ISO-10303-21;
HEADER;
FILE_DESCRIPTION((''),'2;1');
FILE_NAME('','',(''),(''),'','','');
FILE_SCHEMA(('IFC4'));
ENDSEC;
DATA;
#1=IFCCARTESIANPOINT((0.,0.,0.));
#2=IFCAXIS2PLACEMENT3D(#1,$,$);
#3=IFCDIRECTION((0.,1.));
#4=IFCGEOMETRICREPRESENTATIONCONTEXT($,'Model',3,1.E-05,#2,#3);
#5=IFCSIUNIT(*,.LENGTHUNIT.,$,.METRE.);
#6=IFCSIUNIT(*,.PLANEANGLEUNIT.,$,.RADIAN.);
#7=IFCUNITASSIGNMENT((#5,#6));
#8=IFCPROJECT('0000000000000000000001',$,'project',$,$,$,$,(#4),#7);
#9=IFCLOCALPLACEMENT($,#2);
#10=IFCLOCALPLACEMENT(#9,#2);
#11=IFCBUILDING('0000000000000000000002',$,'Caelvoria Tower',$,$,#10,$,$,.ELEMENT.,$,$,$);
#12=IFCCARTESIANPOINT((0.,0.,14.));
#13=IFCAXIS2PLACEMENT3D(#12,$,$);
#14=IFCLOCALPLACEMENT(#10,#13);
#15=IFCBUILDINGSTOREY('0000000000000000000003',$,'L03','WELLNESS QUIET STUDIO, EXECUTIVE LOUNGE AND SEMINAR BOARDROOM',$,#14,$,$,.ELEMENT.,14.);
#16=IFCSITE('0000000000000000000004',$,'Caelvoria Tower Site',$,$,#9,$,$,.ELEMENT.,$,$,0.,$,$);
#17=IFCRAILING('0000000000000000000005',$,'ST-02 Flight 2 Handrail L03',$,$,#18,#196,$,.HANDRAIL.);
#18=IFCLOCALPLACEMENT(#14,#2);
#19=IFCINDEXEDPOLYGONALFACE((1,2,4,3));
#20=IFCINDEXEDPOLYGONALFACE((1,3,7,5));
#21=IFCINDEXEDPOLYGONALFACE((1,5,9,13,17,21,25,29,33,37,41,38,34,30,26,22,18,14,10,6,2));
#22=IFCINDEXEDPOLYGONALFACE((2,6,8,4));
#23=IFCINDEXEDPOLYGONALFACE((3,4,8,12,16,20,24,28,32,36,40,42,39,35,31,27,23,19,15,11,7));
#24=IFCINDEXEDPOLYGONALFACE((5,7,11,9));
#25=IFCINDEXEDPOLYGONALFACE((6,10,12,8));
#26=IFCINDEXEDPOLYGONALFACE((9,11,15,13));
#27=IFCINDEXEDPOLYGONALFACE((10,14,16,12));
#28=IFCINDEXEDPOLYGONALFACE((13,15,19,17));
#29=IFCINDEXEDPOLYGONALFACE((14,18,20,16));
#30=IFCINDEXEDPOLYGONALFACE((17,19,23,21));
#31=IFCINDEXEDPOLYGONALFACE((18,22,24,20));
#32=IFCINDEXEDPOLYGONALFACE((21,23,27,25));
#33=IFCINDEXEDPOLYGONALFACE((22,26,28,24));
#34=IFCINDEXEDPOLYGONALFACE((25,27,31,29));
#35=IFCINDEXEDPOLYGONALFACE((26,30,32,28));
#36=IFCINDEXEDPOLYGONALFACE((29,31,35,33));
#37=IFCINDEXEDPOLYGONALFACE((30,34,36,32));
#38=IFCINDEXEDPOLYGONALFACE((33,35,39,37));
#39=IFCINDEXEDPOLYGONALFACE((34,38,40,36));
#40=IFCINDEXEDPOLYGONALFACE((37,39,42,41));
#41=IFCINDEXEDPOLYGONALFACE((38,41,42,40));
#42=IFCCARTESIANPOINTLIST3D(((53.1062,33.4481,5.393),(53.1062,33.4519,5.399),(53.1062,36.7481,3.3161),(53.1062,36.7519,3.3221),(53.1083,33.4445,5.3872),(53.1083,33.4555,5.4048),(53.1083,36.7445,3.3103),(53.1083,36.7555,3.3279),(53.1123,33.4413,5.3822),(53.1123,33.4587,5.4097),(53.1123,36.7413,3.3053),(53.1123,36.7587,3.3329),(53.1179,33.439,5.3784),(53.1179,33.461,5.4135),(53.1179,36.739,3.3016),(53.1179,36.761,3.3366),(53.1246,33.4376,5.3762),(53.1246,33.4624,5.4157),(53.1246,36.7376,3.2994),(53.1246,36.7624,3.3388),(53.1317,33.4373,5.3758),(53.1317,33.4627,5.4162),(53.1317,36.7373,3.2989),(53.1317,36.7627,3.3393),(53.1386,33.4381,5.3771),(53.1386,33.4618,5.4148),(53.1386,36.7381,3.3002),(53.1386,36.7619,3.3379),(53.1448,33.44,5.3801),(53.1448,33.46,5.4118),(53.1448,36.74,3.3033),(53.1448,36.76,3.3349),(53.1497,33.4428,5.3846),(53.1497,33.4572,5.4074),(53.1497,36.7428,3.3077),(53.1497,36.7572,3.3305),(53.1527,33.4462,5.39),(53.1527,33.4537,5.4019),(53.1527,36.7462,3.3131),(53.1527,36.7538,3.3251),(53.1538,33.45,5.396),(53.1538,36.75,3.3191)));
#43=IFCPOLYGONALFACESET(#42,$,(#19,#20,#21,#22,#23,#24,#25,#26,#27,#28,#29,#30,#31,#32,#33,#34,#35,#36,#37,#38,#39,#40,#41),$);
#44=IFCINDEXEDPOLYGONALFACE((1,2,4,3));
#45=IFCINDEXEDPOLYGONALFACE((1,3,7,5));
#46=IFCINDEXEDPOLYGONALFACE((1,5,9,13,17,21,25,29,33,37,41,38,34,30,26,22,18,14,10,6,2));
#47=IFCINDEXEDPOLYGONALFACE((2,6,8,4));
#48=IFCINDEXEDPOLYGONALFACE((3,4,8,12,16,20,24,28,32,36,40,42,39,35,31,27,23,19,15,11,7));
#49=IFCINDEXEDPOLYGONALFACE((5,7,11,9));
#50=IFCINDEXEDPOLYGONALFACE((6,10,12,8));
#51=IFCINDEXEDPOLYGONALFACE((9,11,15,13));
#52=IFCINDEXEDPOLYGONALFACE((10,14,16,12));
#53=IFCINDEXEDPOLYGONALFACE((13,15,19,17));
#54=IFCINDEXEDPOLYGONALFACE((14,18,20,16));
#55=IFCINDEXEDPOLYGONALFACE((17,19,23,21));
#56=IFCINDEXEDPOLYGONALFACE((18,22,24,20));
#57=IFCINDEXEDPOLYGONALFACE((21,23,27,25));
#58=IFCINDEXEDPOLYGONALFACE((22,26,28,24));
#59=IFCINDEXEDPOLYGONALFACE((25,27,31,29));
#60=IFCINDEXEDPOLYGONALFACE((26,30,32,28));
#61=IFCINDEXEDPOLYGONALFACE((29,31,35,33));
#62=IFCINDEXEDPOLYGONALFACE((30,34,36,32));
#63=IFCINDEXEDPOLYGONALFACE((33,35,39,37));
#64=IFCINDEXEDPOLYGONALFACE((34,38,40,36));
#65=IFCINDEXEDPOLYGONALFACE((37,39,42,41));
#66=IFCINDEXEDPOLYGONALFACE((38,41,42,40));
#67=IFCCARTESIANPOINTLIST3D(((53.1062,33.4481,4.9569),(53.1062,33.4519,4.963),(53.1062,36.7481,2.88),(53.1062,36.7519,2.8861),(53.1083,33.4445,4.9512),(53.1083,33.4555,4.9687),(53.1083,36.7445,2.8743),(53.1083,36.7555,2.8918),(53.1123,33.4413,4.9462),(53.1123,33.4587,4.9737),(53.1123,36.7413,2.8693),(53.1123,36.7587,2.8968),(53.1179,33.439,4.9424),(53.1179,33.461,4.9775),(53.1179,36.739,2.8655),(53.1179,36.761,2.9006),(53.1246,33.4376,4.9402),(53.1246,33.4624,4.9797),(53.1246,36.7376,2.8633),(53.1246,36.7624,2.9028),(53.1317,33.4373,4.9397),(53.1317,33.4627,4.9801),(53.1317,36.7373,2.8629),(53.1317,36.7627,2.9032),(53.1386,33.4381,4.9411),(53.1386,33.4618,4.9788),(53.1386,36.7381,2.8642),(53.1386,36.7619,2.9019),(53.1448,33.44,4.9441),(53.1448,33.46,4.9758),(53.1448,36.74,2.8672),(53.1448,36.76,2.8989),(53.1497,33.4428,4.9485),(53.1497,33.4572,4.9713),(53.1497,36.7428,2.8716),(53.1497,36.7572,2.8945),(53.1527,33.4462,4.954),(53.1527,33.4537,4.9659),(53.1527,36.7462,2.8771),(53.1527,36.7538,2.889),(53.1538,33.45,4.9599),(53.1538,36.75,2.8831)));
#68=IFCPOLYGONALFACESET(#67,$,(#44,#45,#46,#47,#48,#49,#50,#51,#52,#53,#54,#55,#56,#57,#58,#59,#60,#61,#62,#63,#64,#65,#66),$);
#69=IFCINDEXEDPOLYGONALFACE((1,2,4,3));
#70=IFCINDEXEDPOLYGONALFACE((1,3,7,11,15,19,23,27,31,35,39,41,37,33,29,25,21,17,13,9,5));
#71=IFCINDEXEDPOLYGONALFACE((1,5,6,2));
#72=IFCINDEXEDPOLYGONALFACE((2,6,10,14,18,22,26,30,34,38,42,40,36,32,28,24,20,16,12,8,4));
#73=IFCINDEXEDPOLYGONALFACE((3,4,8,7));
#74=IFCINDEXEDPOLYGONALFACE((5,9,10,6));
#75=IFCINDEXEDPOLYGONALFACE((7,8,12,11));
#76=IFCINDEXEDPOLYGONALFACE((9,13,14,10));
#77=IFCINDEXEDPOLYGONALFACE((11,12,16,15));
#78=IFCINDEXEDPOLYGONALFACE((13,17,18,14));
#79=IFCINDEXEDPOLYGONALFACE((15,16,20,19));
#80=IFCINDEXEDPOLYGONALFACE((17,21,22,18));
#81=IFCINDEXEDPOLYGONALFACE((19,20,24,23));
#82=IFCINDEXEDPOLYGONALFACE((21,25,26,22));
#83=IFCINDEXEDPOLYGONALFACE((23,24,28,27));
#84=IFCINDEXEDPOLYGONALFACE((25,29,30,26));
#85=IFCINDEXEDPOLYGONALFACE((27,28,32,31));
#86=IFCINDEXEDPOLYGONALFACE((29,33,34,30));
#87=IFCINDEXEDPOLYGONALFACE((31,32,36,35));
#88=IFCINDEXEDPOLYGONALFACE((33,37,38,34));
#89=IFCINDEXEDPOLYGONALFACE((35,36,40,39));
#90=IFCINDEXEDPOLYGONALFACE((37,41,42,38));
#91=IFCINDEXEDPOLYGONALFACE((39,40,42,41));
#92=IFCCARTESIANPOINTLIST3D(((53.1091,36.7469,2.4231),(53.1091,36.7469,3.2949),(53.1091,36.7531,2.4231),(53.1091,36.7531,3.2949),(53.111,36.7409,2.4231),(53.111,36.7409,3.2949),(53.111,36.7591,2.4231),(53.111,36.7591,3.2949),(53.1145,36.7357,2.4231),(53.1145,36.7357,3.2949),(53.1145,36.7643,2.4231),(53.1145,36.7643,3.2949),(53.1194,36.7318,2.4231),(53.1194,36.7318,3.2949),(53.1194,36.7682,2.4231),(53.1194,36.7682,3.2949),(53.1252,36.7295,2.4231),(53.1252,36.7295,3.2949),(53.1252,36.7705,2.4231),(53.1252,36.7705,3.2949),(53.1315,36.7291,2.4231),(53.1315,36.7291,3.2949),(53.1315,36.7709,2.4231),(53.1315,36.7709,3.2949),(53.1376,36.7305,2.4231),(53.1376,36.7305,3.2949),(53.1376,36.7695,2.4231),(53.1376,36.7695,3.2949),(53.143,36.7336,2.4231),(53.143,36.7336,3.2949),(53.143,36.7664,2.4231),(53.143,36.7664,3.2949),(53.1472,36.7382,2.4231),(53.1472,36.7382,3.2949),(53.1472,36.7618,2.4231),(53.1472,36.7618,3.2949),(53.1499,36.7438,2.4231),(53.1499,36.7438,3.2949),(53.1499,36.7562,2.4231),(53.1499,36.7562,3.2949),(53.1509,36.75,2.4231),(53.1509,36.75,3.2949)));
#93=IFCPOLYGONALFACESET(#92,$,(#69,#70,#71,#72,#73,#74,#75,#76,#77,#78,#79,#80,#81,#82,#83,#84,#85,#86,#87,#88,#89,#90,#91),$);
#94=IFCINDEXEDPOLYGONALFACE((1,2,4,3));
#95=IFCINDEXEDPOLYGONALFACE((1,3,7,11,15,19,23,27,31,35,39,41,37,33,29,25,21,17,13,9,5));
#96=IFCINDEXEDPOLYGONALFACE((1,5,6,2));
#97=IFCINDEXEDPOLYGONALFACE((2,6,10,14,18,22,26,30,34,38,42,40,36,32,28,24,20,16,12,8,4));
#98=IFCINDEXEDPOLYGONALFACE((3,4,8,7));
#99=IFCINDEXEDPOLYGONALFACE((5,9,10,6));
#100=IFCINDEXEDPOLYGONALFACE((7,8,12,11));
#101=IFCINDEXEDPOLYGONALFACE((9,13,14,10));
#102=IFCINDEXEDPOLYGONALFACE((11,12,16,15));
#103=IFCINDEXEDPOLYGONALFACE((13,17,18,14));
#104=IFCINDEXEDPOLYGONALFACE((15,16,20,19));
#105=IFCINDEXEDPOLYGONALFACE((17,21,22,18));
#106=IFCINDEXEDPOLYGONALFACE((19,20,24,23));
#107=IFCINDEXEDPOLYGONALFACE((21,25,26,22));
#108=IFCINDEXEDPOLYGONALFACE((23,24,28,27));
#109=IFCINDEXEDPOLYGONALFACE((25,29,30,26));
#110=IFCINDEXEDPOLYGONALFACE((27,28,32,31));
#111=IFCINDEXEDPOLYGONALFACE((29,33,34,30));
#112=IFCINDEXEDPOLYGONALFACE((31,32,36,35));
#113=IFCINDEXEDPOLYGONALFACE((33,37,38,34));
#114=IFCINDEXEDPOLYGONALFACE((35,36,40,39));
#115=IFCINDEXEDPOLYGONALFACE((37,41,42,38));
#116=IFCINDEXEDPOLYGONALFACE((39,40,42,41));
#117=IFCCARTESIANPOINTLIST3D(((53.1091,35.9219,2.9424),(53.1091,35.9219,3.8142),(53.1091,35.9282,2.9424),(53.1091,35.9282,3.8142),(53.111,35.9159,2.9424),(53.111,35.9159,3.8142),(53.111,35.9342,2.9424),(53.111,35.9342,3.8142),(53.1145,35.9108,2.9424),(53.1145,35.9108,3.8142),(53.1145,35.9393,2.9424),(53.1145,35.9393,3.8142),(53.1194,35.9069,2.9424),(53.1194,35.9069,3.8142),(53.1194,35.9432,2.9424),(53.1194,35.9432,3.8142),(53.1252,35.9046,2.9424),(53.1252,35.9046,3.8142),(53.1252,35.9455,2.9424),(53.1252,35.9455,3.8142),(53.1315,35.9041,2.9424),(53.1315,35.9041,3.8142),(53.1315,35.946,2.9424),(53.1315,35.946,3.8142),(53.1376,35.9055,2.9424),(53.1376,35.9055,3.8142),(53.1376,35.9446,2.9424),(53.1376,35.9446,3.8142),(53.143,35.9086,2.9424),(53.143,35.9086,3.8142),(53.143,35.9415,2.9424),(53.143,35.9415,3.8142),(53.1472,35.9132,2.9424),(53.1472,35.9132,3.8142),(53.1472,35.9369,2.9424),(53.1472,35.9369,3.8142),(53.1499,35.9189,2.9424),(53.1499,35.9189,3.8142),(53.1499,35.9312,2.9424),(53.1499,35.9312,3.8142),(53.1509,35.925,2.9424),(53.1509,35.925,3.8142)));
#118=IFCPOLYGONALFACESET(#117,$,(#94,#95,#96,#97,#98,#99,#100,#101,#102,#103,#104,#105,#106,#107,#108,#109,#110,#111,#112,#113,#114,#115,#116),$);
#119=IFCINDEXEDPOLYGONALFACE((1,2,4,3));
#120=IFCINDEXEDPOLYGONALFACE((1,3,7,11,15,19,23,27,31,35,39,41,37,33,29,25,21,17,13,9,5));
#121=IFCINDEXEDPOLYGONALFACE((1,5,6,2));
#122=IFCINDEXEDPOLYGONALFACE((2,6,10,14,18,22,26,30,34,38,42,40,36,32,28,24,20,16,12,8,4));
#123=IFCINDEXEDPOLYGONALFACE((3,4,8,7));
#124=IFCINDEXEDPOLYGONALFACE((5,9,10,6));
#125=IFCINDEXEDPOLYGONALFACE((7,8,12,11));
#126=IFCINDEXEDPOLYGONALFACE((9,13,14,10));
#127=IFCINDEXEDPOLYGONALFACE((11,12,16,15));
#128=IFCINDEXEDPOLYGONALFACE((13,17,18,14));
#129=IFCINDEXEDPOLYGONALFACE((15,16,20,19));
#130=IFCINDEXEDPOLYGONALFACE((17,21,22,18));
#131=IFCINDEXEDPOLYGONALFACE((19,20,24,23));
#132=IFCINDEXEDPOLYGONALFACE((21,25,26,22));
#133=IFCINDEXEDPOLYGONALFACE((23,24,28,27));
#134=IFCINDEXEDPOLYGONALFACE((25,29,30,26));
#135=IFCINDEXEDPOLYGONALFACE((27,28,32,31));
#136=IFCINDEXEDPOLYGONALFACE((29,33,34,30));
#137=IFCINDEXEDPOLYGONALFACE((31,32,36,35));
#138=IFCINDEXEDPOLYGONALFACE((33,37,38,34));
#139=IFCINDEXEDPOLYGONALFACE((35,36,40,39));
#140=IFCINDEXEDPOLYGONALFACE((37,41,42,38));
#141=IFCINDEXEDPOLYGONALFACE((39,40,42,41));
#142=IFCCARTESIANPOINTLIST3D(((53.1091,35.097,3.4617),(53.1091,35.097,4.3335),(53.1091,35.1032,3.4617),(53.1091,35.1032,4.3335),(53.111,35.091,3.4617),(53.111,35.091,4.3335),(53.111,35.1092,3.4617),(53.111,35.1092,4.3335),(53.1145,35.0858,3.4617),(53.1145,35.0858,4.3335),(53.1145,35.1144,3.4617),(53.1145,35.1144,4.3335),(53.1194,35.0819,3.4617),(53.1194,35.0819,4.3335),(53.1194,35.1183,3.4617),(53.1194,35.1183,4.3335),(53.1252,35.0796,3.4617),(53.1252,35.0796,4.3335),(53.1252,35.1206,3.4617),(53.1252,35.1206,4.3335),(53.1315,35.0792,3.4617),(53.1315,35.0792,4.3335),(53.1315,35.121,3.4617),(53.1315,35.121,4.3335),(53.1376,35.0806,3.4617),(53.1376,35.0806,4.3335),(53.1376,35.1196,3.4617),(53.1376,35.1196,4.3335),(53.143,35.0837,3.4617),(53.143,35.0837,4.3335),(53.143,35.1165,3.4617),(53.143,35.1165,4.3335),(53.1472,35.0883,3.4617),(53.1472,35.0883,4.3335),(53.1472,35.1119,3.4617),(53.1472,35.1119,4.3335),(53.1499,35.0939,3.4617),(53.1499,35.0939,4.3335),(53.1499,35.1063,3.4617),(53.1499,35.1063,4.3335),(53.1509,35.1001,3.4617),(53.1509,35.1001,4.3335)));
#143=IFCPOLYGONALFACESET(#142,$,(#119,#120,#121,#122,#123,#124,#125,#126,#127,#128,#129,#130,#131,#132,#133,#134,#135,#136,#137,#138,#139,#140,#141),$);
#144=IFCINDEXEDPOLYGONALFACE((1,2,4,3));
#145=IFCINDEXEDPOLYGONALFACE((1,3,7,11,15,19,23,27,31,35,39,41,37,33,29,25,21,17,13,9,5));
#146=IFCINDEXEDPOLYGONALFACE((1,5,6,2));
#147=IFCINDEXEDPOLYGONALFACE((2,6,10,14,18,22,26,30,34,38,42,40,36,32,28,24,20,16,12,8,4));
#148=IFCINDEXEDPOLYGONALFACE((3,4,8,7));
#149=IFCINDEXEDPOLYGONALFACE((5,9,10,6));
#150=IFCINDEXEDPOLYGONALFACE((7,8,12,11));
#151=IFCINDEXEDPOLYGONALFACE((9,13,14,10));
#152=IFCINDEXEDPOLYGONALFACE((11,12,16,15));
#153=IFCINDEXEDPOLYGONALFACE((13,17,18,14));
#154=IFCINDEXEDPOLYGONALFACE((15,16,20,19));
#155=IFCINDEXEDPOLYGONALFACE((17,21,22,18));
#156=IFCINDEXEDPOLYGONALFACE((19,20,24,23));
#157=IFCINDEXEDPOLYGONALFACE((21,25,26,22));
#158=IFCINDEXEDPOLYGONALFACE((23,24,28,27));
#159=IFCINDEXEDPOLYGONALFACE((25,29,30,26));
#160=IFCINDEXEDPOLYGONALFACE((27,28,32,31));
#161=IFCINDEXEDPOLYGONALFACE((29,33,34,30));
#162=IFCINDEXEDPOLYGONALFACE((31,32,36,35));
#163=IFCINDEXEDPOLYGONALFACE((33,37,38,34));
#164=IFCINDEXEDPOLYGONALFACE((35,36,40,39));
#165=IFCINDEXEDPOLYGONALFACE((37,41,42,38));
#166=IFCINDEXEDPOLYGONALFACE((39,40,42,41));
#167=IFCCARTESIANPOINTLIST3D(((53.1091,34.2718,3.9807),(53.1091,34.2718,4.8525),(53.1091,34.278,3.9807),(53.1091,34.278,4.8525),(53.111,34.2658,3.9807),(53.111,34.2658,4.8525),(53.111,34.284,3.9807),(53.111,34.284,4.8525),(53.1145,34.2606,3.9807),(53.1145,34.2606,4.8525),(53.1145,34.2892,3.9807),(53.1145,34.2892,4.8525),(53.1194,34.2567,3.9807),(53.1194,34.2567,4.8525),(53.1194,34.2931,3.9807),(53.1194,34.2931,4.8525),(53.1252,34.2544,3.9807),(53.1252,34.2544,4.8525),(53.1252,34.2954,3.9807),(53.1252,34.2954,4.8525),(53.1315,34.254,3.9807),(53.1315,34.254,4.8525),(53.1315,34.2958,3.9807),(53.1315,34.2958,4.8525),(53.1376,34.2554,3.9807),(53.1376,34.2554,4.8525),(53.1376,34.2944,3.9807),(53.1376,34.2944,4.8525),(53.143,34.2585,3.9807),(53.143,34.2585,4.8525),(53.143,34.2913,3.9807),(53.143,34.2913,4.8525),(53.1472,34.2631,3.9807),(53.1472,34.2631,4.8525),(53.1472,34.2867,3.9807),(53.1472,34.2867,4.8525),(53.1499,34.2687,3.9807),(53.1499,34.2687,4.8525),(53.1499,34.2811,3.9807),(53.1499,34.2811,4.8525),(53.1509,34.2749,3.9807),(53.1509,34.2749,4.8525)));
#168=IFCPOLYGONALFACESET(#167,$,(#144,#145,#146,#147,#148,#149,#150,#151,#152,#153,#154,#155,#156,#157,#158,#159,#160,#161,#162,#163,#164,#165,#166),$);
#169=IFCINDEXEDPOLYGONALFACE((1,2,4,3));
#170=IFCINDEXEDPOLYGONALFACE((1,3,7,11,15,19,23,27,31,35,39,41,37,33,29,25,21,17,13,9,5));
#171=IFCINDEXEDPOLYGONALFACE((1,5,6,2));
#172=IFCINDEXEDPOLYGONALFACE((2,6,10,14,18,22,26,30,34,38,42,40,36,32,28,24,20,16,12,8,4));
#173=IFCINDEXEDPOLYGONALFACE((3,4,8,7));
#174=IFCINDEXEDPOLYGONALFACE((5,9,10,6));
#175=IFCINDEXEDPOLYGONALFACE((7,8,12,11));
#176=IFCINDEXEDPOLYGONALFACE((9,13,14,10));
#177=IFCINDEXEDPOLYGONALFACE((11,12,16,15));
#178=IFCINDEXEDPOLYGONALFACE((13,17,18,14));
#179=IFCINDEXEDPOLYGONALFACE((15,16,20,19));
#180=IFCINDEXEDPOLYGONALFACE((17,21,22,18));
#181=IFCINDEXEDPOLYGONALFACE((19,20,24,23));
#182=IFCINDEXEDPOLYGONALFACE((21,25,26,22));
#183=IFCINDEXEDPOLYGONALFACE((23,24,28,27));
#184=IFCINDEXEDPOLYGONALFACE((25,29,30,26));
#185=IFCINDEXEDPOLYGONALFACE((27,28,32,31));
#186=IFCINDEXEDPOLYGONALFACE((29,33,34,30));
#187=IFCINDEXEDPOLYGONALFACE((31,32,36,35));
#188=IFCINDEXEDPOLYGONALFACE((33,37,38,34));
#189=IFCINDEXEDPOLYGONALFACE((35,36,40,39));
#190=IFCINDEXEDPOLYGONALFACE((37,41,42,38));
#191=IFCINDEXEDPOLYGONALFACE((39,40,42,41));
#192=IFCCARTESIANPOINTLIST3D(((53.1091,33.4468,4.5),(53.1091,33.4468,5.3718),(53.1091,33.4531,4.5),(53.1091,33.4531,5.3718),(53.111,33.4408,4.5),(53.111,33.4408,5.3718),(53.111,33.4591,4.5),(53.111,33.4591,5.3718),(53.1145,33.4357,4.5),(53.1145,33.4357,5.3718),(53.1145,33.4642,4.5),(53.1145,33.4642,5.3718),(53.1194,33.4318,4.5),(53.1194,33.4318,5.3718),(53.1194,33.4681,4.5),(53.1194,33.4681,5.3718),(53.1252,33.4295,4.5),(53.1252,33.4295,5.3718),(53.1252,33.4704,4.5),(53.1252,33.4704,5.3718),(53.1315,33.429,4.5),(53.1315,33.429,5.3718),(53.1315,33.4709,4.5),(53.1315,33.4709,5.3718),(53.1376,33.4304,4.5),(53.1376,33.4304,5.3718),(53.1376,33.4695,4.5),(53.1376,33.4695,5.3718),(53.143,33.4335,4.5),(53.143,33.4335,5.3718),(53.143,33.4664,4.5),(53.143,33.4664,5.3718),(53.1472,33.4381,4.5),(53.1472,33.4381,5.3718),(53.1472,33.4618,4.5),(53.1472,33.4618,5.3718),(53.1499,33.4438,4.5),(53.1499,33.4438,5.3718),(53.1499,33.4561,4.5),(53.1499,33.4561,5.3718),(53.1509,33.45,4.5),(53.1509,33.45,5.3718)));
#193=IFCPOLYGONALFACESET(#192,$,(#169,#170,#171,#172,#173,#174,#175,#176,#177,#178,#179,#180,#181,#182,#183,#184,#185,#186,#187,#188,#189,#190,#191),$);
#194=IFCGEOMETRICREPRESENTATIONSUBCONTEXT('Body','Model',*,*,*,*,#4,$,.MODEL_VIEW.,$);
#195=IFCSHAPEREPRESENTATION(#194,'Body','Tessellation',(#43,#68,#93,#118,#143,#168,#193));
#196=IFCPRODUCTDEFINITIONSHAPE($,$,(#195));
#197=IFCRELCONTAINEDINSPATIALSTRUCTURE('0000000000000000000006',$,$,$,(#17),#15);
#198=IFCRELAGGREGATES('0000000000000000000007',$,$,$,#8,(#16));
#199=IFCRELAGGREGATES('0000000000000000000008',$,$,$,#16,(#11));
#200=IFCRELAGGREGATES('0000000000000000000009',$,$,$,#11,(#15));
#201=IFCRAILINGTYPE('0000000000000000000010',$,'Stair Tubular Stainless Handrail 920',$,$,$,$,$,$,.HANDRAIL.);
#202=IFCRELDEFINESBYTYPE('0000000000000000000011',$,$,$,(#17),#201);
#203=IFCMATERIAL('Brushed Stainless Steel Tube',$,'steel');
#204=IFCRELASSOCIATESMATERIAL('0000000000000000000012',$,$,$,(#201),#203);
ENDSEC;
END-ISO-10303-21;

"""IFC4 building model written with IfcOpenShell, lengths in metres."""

from ifc_helpers import new_model, si_unit, direction, frame, origin, origin_2d, place, context, subcontext, project, spatial, circle, extrude, material, type_object, element, save


model = new_model("IFC4")

# Units and contexts
model_context = context("Model", 3, precision=1e-05, world=origin(), true_north=direction((0.0, 1.0)))
body_context = subcontext(model_context, "Body", "Model", "MODEL_VIEW")
ifc_project = project(units=[si_unit("LENGTHUNIT", "METRE"), si_unit("PLANEANGLEUNIT", "RADIAN")], contexts=[model_context])

# Site, building, storey
site_placement = place(None, origin())
site = spatial("IfcSite", under=ifc_project, at=site_placement, Name="Caelvoria Tower Site", CompositionType="ELEMENT", RefElevation=0.0)
building_placement = place(site_placement, origin())
building = spatial("IfcBuilding", under=site, at=building_placement, Name="Caelvoria Tower", CompositionType="ELEMENT")
storey_placement = place(building_placement, frame((0.0, 0.0, 14.0)))
storey = spatial("IfcBuildingStorey", under=building, at=storey_placement, Name="L03", Description="WELLNESS QUIET STUDIO, EXECUTIVE LOUNGE AND SEMINAR BOARDROOM", CompositionType="ELEMENT", Elevation=14.0)

# Railing
ifc_material_1 = material(Name="Brushed Stainless Steel Tube", Category="steel")
railing_type_1 = type_object("IfcRailingType", Name="Stair Tubular Stainless Handrail 920", PredefinedType="HANDRAIL", material=ifc_material_1)
railing_1_placement = place(storey_placement, frame((53.1299, 36.75, 2.4231)))
element("IfcRailing", 1, at=railing_1_placement, inside=storey, type_object=railing_type_1, Name="ST-02 Flight 2 Handrail L03", PredefinedType="HANDRAIL", context=body_context, shape_type="SweptSolid", body=[
    extrude(circle(Radius=0.0239, at=origin_2d()), frame((0.0, 0.0, 0.896), z_axis=(0.0, -0.846337, 0.532647), x_axis=(1.0, 0.0, 0.0)), (0.0, 0.0, 1.0), 3.8992),
    extrude(circle(Radius=0.0239, at=origin_2d()), frame((0.0, 0.0, 0.46), z_axis=(0.0, -0.846337, 0.532647), x_axis=(1.0, 0.0, 0.0)), (0.0, 0.0, 1.0), 3.8992),
    extrude(circle(Radius=0.021, at=origin_2d()), origin(), (0.0, 0.0, 1.0), 0.8718),
    extrude(circle(Radius=0.021, at=origin_2d()), frame((0.0, -0.825, 0.5193)), (0.0, 0.0, 1.0), 0.8718),
    extrude(circle(Radius=0.021, at=origin_2d()), frame((0.0, -1.6499, 1.0386)), (0.0, 0.0, 1.0), 0.8718),
    extrude(circle(Radius=0.021, at=origin_2d()), frame((0.0, -2.4751, 1.5576)), (0.0, 0.0, 1.0), 0.8718),
    extrude(circle(Radius=0.021, at=origin_2d()), frame((0.0, -3.3, 2.0769)), (0.0, 0.0, 1.0), 0.8718),
])

save(model, "model.ifc")
